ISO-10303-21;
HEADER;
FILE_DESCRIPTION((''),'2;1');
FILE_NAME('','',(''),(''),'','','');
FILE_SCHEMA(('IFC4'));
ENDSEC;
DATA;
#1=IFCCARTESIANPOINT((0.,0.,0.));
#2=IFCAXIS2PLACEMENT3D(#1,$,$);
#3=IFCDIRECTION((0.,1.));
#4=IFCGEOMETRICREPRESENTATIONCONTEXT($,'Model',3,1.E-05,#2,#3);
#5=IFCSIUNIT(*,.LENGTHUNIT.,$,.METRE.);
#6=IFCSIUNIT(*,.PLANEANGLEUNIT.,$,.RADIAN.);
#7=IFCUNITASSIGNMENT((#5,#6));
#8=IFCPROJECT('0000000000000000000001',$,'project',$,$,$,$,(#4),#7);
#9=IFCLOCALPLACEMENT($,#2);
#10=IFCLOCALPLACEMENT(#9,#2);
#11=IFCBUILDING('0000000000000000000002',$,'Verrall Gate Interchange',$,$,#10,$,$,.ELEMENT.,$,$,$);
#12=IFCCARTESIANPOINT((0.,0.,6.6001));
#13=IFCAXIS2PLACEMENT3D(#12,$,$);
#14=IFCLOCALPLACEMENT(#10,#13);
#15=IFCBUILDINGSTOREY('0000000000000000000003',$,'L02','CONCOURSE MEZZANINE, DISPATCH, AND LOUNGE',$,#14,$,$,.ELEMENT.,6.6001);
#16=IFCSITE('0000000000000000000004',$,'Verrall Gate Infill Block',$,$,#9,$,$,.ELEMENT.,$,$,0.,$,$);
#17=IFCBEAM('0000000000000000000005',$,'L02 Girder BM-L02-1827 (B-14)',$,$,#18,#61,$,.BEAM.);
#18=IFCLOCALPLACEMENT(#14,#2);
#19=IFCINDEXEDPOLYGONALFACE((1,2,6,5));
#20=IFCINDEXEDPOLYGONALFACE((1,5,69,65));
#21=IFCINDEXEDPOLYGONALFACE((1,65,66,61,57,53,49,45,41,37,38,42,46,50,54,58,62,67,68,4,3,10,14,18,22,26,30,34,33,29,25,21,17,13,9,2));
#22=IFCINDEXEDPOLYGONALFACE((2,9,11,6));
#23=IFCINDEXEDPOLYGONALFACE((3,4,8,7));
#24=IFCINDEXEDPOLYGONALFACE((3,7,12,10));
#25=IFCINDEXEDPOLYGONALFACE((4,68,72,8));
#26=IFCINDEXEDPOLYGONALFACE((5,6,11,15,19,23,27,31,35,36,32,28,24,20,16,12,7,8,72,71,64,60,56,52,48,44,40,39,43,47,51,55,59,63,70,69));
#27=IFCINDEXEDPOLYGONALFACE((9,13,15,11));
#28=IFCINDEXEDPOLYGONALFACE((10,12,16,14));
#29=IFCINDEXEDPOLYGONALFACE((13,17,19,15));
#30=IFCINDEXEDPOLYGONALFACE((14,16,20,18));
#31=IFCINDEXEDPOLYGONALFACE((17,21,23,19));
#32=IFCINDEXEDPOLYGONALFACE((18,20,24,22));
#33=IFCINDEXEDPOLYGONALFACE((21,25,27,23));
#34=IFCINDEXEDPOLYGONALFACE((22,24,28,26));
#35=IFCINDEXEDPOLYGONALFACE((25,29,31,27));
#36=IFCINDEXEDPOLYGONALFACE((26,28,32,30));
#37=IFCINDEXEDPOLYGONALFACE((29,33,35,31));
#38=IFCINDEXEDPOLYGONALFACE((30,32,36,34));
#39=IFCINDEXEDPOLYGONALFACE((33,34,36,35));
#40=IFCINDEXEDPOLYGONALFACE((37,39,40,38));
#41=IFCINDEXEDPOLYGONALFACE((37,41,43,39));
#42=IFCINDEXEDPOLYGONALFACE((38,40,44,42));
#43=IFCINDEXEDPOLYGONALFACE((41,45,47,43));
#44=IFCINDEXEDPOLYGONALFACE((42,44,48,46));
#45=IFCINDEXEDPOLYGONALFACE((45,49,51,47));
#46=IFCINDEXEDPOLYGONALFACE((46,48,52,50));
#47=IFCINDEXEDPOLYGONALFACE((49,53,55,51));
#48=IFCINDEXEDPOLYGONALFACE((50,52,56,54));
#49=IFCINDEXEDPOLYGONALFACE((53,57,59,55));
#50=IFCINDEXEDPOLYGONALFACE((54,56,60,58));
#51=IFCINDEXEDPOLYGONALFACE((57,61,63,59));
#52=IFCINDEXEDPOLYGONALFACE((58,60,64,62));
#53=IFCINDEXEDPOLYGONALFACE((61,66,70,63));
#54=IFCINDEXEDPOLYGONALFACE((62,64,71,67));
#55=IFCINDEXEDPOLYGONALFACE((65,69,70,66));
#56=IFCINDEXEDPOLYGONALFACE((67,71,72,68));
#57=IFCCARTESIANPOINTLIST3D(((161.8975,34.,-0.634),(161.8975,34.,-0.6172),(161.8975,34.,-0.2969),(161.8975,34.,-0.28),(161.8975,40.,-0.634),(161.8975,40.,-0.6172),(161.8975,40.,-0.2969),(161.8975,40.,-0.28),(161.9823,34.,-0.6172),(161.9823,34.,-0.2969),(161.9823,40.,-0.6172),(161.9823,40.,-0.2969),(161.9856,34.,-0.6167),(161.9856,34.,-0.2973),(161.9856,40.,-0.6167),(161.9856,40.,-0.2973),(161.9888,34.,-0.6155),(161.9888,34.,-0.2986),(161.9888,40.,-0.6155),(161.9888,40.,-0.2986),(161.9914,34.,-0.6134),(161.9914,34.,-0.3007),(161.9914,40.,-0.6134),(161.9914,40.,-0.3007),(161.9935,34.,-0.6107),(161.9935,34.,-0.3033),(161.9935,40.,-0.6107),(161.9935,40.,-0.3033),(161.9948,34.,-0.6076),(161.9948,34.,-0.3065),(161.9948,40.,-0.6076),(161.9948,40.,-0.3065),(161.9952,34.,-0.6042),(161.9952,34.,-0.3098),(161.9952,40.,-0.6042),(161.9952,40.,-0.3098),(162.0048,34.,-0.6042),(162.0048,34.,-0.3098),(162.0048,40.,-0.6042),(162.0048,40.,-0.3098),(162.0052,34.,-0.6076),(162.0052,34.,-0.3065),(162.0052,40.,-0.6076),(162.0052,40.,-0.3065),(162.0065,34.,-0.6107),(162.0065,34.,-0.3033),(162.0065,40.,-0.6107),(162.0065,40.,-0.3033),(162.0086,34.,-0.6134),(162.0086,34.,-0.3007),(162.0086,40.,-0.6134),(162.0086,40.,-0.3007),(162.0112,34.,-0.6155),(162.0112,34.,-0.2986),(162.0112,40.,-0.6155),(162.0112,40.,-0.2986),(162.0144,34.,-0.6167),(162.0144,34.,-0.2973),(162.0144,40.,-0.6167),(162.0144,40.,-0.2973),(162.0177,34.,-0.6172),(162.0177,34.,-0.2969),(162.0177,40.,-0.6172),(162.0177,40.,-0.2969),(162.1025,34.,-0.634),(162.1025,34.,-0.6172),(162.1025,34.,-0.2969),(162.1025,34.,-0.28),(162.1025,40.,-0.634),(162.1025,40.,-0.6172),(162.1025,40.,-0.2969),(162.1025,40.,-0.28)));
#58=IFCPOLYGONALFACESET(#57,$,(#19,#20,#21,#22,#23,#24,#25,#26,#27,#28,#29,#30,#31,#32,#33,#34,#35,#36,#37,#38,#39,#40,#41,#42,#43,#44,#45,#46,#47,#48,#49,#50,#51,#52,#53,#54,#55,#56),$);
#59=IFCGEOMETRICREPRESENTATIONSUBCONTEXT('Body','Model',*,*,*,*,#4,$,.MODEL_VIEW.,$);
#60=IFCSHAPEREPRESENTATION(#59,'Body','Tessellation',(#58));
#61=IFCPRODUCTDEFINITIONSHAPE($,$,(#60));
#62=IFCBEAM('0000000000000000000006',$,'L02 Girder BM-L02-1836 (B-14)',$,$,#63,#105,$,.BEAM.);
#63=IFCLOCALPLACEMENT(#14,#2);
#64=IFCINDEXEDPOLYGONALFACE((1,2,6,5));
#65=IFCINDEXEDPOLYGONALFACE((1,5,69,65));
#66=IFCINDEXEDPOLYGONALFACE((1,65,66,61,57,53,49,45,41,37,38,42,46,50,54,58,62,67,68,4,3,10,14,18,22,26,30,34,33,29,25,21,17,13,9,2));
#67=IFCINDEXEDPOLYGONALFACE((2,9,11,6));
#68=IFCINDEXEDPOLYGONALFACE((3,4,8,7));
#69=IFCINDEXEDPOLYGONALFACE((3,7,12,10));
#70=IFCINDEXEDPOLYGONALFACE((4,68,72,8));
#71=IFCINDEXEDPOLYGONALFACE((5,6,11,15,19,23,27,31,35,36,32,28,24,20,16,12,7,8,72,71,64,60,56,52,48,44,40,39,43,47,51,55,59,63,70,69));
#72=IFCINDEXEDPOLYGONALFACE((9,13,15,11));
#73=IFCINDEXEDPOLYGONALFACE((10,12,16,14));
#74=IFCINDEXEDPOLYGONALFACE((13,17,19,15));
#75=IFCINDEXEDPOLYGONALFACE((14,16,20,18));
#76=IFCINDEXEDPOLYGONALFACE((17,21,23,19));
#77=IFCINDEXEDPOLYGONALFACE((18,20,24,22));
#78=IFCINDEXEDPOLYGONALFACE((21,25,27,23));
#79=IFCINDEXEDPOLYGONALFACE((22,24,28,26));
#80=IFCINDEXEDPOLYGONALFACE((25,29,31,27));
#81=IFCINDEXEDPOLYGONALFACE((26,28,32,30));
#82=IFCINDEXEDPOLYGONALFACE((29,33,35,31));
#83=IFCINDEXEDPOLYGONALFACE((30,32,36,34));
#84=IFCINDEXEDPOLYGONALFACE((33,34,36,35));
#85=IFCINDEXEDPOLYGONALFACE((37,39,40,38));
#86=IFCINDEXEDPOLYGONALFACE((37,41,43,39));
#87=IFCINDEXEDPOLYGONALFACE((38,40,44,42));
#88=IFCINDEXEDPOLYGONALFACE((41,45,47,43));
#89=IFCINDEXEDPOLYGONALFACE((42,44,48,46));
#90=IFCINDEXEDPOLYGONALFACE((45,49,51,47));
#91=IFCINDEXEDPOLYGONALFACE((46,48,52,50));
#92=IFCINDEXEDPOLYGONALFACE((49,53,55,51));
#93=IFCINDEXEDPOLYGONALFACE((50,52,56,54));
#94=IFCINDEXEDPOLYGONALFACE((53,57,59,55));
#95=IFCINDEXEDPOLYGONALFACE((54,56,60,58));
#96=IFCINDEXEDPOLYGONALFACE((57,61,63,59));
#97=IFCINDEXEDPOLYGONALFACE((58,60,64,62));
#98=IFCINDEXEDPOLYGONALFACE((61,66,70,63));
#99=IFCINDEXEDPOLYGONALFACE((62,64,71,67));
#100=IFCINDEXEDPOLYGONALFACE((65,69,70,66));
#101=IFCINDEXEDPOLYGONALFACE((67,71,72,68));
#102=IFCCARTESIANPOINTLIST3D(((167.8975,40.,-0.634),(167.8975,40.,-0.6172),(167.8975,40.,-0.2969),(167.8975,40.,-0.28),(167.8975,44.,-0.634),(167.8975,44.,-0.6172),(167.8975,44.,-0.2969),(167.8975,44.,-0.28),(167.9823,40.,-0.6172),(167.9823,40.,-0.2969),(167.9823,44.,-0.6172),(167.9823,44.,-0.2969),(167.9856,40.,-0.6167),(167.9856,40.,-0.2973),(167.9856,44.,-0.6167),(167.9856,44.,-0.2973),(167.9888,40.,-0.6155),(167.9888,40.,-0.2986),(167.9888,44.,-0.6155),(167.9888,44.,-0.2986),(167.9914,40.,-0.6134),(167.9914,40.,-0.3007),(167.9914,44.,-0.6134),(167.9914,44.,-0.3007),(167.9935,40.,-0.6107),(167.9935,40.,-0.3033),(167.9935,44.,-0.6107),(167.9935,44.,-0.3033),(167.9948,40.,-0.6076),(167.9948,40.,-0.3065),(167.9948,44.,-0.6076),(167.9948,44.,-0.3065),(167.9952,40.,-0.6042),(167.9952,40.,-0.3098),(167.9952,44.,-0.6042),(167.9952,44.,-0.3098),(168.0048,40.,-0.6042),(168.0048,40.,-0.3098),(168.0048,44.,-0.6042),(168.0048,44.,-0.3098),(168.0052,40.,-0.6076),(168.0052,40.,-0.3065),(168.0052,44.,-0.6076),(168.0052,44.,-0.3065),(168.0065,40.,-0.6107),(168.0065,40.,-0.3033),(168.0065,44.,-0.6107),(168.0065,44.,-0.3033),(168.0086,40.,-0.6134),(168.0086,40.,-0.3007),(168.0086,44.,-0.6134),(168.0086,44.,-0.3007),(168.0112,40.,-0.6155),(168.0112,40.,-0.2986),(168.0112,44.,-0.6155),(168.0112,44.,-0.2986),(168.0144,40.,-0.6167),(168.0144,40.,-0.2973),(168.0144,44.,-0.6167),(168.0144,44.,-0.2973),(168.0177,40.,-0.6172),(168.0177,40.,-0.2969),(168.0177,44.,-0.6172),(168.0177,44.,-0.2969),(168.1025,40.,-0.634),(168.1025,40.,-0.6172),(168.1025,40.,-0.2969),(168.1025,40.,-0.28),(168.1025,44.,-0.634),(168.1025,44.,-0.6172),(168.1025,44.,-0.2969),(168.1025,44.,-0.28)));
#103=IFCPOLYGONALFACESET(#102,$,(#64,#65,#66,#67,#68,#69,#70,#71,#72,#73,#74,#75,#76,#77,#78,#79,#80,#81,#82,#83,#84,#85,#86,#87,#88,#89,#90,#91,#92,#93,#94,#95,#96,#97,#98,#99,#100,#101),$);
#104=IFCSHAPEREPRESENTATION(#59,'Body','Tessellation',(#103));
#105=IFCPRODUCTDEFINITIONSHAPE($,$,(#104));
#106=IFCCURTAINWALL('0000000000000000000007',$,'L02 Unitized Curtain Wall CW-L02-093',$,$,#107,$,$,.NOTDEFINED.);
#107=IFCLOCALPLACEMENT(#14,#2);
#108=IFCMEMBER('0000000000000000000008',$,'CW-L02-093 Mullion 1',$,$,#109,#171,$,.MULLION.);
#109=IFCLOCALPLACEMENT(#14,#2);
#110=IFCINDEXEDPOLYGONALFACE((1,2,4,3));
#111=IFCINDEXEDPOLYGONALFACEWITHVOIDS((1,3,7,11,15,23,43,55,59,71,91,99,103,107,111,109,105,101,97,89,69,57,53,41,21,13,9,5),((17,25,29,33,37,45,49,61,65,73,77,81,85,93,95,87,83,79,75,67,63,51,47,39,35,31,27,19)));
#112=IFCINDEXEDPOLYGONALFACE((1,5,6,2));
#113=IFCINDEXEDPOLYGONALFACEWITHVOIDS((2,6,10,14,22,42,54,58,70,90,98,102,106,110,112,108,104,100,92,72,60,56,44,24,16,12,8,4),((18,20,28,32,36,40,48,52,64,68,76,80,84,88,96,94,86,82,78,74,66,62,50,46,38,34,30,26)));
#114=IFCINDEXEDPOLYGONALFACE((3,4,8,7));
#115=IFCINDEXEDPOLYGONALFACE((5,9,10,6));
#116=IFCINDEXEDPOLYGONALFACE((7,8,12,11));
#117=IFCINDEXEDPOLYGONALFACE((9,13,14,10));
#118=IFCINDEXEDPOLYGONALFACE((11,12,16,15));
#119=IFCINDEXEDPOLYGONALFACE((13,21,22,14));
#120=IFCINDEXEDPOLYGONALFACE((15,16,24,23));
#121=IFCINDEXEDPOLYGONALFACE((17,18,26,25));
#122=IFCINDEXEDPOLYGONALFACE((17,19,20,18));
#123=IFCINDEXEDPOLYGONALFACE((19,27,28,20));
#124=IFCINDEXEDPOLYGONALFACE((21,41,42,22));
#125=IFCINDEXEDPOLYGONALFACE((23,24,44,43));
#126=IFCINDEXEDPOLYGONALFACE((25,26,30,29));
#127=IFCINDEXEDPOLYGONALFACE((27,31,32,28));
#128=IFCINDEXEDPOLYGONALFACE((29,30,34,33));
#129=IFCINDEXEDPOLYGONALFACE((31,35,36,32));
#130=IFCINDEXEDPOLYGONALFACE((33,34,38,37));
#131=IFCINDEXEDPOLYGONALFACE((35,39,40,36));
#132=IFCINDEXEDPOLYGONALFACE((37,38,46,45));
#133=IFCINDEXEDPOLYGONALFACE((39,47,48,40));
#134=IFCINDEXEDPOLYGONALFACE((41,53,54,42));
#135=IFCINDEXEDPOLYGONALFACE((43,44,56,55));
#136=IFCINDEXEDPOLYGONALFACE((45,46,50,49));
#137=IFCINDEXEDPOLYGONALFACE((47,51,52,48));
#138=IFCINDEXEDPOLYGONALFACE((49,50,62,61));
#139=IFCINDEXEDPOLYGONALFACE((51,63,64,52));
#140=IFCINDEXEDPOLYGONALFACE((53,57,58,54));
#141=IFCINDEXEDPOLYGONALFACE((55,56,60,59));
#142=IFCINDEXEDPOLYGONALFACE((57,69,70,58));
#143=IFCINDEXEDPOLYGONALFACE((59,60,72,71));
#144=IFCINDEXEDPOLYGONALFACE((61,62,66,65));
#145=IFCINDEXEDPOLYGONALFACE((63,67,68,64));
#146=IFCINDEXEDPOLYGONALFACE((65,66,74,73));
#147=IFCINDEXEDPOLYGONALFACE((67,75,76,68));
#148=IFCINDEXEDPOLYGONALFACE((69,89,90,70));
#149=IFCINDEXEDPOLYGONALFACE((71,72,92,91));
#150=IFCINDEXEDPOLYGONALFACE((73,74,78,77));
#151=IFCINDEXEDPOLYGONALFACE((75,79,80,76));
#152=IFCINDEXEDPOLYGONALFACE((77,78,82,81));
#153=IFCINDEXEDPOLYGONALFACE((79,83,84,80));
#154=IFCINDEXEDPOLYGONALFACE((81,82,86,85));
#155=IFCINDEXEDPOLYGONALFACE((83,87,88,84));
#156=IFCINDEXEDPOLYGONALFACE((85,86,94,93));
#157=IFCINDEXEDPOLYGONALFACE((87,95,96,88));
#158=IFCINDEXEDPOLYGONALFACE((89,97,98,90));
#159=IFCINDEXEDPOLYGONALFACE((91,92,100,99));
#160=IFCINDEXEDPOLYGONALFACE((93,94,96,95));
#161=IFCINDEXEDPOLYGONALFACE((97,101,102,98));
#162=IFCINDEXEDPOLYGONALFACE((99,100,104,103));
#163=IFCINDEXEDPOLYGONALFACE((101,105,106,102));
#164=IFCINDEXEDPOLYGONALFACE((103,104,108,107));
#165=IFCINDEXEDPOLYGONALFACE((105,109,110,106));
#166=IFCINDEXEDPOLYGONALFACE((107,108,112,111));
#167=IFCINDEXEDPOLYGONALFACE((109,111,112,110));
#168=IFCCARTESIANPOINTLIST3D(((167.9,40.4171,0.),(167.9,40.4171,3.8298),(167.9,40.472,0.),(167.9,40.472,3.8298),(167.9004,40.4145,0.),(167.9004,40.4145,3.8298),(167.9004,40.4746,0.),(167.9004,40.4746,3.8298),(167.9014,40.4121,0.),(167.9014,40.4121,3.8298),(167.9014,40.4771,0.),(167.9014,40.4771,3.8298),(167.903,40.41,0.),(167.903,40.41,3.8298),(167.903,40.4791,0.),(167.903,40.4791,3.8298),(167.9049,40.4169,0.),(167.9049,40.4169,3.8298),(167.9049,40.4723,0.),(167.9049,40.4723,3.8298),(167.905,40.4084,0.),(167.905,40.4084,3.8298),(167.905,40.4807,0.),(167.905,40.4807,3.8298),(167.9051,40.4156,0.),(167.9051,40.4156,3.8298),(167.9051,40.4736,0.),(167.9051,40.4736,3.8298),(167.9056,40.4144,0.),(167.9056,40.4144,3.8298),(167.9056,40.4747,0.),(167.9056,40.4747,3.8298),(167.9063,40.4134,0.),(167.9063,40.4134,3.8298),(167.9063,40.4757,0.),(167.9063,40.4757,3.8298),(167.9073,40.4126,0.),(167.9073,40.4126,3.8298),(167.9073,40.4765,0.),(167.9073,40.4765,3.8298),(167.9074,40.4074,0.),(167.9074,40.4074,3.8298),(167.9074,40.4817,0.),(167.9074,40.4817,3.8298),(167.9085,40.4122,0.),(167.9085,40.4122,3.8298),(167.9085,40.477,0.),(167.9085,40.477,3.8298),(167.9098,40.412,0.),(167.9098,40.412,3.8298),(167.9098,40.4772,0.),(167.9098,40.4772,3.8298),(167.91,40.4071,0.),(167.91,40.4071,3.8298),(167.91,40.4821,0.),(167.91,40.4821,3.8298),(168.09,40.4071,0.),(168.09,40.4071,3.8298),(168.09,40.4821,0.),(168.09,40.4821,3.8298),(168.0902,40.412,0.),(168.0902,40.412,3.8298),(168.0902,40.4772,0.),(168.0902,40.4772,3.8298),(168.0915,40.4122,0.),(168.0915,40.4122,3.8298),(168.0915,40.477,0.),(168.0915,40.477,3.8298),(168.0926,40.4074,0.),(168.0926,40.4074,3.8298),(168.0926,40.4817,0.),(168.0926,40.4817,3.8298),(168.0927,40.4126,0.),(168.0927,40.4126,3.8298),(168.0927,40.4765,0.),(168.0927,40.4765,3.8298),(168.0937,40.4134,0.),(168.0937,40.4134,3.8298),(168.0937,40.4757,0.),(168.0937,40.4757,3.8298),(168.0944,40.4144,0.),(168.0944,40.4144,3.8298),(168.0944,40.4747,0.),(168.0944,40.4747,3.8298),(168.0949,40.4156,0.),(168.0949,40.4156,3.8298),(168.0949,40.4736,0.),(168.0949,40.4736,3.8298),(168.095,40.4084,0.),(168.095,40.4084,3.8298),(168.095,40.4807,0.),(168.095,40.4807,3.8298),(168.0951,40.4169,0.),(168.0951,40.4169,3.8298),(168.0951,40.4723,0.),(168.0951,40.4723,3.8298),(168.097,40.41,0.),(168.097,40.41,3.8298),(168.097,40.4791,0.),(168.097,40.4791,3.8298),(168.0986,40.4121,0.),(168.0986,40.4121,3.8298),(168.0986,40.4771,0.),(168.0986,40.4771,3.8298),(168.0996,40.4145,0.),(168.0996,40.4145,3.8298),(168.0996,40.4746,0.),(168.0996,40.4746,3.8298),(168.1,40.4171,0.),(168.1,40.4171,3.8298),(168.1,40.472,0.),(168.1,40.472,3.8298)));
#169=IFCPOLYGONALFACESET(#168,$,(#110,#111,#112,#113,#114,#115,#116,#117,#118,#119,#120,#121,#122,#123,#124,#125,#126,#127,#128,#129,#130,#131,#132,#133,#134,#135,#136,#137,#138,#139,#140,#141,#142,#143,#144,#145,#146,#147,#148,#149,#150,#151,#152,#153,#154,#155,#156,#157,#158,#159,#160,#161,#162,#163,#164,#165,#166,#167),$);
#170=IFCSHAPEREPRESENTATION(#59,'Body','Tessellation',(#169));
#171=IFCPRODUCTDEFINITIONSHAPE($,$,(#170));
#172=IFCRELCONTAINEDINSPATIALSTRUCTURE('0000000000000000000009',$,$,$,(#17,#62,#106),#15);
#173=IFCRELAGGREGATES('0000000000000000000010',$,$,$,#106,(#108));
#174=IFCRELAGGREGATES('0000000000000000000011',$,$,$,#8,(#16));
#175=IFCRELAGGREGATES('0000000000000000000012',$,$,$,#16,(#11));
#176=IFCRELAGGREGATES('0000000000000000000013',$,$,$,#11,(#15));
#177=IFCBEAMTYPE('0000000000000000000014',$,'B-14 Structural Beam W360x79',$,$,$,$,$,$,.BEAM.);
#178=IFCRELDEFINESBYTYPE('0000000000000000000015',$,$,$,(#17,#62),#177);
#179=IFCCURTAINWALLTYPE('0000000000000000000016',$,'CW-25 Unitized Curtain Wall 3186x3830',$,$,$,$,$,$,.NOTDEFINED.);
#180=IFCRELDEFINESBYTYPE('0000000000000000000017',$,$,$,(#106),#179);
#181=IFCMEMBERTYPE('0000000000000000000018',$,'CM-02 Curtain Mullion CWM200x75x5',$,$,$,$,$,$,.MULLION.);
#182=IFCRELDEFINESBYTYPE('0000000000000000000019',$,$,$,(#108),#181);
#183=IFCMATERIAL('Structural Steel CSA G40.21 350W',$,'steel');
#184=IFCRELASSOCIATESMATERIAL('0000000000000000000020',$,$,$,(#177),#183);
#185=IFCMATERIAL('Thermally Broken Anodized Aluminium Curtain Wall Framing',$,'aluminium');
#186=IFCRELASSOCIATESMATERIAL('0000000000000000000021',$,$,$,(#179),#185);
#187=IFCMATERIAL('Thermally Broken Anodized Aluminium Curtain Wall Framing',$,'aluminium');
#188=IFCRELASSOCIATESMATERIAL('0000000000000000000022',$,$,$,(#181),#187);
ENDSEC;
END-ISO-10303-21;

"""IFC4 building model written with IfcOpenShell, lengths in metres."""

from ifc_helpers import new_model, si_unit, direction, frame, origin, origin_2d, place, context, subcontext, project, spatial, hollow_rectangle, i_section, extrude, material, material_profile, profile_set, type_object, element, aggregate, save


model = new_model("IFC4")

# Units and contexts
model_context = context("Model", 3, precision=1e-05, world=origin(), true_north=direction((0.0, 1.0)))
body_context = subcontext(model_context, "Body", "Model", "MODEL_VIEW")
ifc_project = project(units=[si_unit("LENGTHUNIT", "METRE"), si_unit("PLANEANGLEUNIT", "RADIAN")], contexts=[model_context])

# Site, building, storey
site_placement = place(None, origin())
site = spatial("IfcSite", under=ifc_project, at=site_placement, Name="Verrall Gate Infill Block", CompositionType="ELEMENT", RefElevation=0.0)
building_placement = place(site_placement, origin())
building = spatial("IfcBuilding", under=site, at=building_placement, Name="Verrall Gate Interchange", CompositionType="ELEMENT")
storey_placement = place(building_placement, frame((0.0, 0.0, 6.6001)))
storey = spatial("IfcBuildingStorey", under=building, at=storey_placement, Name="L02", Description="CONCOURSE MEZZANINE, DISPATCH, AND LOUNGE", CompositionType="ELEMENT", Elevation=6.6001)

# Beams
ifc_material_1 = material(Name="Structural Steel CSA G40.21 350W", Category="steel")
ifc_material_profile_1 = material_profile(ifc_material_1, i_section(OverallWidth=0.2051, OverallDepth=0.354, WebThickness=0.0095, FlangeThickness=0.0168, FilletRadius=0.0129, at=origin_2d()), Name="W360x79")
ifc_profile_set_1 = profile_set([ifc_material_profile_1], Name="Structural Steel CSA G40.21 350W")
beam_type_1 = type_object("IfcBeamType", Name="B-14 Structural Beam W360x79", PredefinedType="BEAM", material=ifc_profile_set_1)
beam_1_placement = place(storey_placement, frame((162.0, 34.0, -0.457), z_axis=(0.0, 1.0, 0.0), x_axis=(-1.0, 0.0, 0.0)))
element("IfcBeam", 1, at=beam_1_placement, inside=storey, type_object=beam_type_1, Name="L02 Girder BM-L02-1827 (B-14)", PredefinedType="BEAM", context=body_context, shape_type="SweptSolid", body=[
    extrude(i_section(OverallWidth=0.2051, OverallDepth=0.354, WebThickness=0.0095, FlangeThickness=0.0168, FilletRadius=0.0129, at=origin_2d()), origin(), (0.0, 0.0, 1.0), 6.0),
])
beam_2_placement = place(storey_placement, frame((168.0, 40.0, -0.457), z_axis=(0.0, 1.0, 0.0), x_axis=(-1.0, 0.0, 0.0)))
element("IfcBeam", 2, at=beam_2_placement, inside=storey, type_object=beam_type_1, Name="L02 Girder BM-L02-1836 (B-14)", PredefinedType="BEAM", context=body_context, shape_type="SweptSolid", body=[
    extrude(i_section(OverallWidth=0.2051, OverallDepth=0.354, WebThickness=0.0095, FlangeThickness=0.0168, FilletRadius=0.0129, at=origin_2d()), origin(), (0.0, 0.0, 1.0), 4.0),
])

# Curtain wall, member
ifc_material_2 = material(Name="Thermally Broken Anodized Aluminium Curtain Wall Framing", Category="aluminium")
curtain_wall_type = type_object("IfcCurtainWallType", Name="CW-25 Unitized Curtain Wall 3186x3830", PredefinedType="NOTDEFINED", material=ifc_material_2)
curtain_wall_placement = place(storey_placement, origin())
curtain_wall = element("IfcCurtainWall", 3, at=curtain_wall_placement, inside=storey, type_object=curtain_wall_type, Name="L02 Unitized Curtain Wall CW-L02-093", PredefinedType="NOTDEFINED")
ifc_material_3 = material(Name="Thermally Broken Anodized Aluminium Curtain Wall Framing", Category="aluminium")
ifc_material_profile_2 = material_profile(ifc_material_3, hollow_rectangle(XDim=0.075, YDim=0.2, WallThickness=0.0049, InnerFilletRadius=0.0049, OuterFilletRadius=0.01, at=origin_2d()), Name="CWM200x75x5")
ifc_profile_set_2 = profile_set([ifc_material_profile_2], Name="Thermally Broken Anodized Aluminium Curtain Wall Framing")
member_type_1 = type_object("IfcMemberType", Name="CM-02 Curtain Mullion CWM200x75x5", PredefinedType="MULLION", material=ifc_profile_set_2)
member_1_placement = place(storey_placement, frame((168.0, 40.4446, 0.0), z_axis=(0.0, 0.0, 1.0), x_axis=(0.0, 1.0, 0.0)))
member_1 = element("IfcMember", 4, at=member_1_placement, type_object=member_type_1, Name="CW-L02-093 Mullion 1", PredefinedType="MULLION", context=body_context, shape_type="SweptSolid", body=[
    extrude(hollow_rectangle(XDim=0.075, YDim=0.2, WallThickness=0.0049, InnerFilletRadius=0.0049, OuterFilletRadius=0.01, at=origin_2d()), origin(), (0.0, 0.0, 1.0), 3.8298),
])

aggregate(curtain_wall, [member_1])

save(model, "model.ifc")
